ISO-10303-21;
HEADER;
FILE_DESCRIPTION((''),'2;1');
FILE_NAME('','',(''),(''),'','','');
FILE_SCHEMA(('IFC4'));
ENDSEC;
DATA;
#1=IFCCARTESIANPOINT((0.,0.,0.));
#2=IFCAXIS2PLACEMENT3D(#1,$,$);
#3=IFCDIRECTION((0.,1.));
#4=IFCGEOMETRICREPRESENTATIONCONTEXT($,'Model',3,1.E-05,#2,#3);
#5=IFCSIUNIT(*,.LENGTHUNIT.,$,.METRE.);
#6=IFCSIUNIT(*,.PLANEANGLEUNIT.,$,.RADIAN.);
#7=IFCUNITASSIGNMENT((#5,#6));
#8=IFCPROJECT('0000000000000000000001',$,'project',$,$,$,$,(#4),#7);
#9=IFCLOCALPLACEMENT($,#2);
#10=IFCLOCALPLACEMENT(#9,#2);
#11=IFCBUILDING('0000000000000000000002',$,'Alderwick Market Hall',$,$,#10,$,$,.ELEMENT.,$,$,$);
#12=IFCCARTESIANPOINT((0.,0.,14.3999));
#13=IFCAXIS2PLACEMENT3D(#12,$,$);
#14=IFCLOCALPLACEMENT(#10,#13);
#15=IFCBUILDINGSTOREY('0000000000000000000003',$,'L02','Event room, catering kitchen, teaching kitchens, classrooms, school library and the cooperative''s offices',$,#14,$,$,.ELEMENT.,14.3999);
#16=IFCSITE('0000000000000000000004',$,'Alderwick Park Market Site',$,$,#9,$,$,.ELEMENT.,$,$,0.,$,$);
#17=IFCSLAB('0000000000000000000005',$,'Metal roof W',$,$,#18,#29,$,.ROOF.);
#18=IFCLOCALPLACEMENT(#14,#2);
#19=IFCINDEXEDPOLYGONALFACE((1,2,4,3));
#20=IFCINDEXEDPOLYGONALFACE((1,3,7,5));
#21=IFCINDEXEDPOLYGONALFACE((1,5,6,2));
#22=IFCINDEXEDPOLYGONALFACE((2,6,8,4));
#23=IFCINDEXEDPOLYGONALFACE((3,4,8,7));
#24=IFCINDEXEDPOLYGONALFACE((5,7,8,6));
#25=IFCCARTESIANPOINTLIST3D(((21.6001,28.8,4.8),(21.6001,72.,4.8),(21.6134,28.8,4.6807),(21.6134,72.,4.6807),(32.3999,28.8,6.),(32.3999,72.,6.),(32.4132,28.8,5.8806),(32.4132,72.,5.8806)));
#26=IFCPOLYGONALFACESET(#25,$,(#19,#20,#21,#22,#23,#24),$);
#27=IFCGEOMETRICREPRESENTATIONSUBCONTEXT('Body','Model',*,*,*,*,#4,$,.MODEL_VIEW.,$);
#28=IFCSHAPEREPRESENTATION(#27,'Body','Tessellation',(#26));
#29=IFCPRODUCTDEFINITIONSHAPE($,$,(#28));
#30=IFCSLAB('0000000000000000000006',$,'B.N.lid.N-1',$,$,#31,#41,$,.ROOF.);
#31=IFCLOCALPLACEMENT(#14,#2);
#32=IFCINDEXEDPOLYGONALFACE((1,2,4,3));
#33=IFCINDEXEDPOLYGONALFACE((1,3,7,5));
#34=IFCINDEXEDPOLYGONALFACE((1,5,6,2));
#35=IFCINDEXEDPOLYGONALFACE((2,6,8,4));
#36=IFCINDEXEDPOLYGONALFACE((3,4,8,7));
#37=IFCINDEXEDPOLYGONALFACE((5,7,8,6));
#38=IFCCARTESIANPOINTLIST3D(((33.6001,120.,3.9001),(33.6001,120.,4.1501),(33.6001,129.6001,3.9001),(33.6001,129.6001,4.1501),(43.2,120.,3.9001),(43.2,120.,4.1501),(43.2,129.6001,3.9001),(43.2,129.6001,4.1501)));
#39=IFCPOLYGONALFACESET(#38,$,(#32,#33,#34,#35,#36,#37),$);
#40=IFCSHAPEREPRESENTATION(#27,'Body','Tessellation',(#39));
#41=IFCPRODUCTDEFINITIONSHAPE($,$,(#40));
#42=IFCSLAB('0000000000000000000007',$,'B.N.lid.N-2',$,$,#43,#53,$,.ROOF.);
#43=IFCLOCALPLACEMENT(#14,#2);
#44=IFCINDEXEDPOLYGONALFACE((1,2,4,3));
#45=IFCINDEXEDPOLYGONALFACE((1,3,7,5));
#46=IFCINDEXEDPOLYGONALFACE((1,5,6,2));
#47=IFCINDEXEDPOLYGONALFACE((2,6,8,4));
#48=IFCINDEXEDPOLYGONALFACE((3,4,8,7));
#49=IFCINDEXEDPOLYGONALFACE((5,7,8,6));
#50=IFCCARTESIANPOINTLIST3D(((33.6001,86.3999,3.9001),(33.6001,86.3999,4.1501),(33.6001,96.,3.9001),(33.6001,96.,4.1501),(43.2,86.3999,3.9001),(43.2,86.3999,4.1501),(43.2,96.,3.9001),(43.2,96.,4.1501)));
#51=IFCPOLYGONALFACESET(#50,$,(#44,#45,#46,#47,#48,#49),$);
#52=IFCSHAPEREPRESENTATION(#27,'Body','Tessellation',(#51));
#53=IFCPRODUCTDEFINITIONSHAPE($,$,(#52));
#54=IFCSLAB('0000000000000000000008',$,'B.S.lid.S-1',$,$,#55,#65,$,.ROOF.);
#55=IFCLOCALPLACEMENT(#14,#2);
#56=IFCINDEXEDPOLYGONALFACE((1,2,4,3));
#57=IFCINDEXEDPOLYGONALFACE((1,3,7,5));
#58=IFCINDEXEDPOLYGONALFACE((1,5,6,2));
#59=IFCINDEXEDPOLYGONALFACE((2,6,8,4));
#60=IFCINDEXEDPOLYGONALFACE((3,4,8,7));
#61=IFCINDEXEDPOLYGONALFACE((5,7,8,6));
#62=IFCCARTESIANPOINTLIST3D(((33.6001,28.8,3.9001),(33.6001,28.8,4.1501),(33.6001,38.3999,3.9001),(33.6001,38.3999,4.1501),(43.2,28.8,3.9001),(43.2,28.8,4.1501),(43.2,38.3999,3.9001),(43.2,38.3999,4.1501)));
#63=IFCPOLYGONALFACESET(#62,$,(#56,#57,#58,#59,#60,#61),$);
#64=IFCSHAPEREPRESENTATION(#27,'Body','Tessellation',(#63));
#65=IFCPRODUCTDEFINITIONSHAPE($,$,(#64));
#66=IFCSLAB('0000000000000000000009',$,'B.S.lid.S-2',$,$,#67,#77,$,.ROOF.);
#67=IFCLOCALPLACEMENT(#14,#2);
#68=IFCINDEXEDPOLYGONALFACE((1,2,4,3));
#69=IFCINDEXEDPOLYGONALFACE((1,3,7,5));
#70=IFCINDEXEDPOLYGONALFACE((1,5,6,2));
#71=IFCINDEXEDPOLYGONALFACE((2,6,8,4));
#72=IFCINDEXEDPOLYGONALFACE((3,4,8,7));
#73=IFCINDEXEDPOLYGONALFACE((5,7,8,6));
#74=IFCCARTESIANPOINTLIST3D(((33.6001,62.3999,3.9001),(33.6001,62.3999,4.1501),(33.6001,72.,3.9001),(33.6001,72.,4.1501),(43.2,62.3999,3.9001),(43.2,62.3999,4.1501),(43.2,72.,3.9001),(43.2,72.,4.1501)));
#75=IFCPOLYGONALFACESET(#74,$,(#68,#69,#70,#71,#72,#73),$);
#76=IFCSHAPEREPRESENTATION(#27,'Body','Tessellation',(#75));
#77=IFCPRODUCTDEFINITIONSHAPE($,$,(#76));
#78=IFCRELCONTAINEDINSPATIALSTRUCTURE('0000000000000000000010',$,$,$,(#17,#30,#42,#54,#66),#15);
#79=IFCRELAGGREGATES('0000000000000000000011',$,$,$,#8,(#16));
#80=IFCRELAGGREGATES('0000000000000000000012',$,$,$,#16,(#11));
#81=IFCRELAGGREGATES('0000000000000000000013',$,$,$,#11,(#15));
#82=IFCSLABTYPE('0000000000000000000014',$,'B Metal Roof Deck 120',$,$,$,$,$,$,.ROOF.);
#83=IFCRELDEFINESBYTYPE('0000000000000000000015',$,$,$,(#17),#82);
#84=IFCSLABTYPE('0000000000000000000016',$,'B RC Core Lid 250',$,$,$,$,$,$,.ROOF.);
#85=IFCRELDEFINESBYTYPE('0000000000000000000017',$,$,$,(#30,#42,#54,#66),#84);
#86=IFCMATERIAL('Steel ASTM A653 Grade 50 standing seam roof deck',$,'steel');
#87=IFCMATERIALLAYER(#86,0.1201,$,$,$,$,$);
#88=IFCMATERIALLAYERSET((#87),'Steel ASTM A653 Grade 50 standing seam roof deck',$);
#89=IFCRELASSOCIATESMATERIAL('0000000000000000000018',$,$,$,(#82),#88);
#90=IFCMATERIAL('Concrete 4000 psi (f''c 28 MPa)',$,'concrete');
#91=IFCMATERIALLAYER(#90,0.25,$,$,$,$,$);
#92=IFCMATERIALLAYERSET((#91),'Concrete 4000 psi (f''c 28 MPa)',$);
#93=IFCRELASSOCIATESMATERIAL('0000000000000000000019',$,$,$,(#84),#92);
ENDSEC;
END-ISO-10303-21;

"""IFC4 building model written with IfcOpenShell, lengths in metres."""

from ifc_helpers import new_model, si_unit, direction, frame, origin, place, context, subcontext, project, spatial, polyline, outline, extrude, material, layer, layer_set, type_object, element, save


model = new_model("IFC4")

# Units and contexts
model_context = context("Model", 3, precision=1e-05, world=origin(), true_north=direction((0.0, 1.0)))
body_context = subcontext(model_context, "Body", "Model", "MODEL_VIEW")
ifc_project = project(units=[si_unit("LENGTHUNIT", "METRE"), si_unit("PLANEANGLEUNIT", "RADIAN")], contexts=[model_context])

# Site, building, storey
site_placement = place(None, origin())
site = spatial("IfcSite", under=ifc_project, at=site_placement, Name="Alderwick Park Market Site", CompositionType="ELEMENT", RefElevation=0.0)
building_placement = place(site_placement, origin())
building = spatial("IfcBuilding", under=site, at=building_placement, Name="Alderwick Market Hall", CompositionType="ELEMENT")
storey_placement = place(building_placement, frame((0.0, 0.0, 14.3999)))
storey = spatial("IfcBuildingStorey", under=building, at=storey_placement, Name="L02", Description="Event room, catering kitchen, teaching kitchens, classrooms, school library and the cooperative's offices", CompositionType="ELEMENT", Elevation=14.3999)

# Slabs
ifc_material_1 = material(Name="Steel ASTM A653 Grade 50 standing seam roof deck", Category="steel")
ifc_layer_1 = layer(ifc_material_1, 0.1201)
ifc_layer_set_1 = layer_set([ifc_layer_1], Name="Steel ASTM A653 Grade 50 standing seam roof deck")
slab_type_1 = type_object("IfcSlabType", Name="B Metal Roof Deck 120", PredefinedType="ROOF", material=ifc_layer_set_1)
slab_1_placement = place(storey_placement, frame((21.6001, 28.8, 4.8), z_axis=(-0.110429, 0.0, 0.993884), x_axis=(0.993884, 0.0, 0.110429)))
element("IfcSlab", 1, at=slab_1_placement, inside=storey, type_object=slab_type_1, Name="Metal roof W", PredefinedType="ROOF", context=body_context, shape_type="SweptSolid", body=[
    extrude(outline(polyline([(0.0, 0.0), (10.8663, 0.0), (10.8663, 43.2), (0.0, 43.2), (0.0, 0.0)])), origin(), (0.0, 0.0, -1.0), 0.1201),
])
ifc_material_2 = material(Name="Concrete 4000 psi (f'c 28 MPa)", Category="concrete")
ifc_layer_2 = layer(ifc_material_2, 0.25)
ifc_layer_set_2 = layer_set([ifc_layer_2], Name="Concrete 4000 psi (f'c 28 MPa)")
slab_type_2 = type_object("IfcSlabType", Name="B RC Core Lid 250", PredefinedType="ROOF", material=ifc_layer_set_2)
slab_2_placement = place(storey_placement, frame((0.0, 0.0, 3.9001)))
element("IfcSlab", 2, at=slab_2_placement, inside=storey, type_object=slab_type_2, Name="B.N.lid.N-1", PredefinedType="ROOF", context=body_context, shape_type="SweptSolid", body=[
    extrude(outline(polyline([(33.6001, 120.0), (43.2, 120.0), (43.2, 129.6001), (33.6001, 129.6001), (33.6001, 120.0)])), origin(), (0.0, 0.0, 1.0), 0.25),
])
slab_3_placement = place(storey_placement, frame((0.0, 0.0, 3.9001)))
element("IfcSlab", 3, at=slab_3_placement, inside=storey, type_object=slab_type_2, Name="B.N.lid.N-2", PredefinedType="ROOF", context=body_context, shape_type="SweptSolid", body=[
    extrude(outline(polyline([(33.6001, 86.3999), (43.2, 86.3999), (43.2, 96.0), (33.6001, 96.0), (33.6001, 86.3999)])), origin(), (0.0, 0.0, 1.0), 0.25),
])
slab_4_placement = place(storey_placement, frame((0.0, 0.0, 3.9001)))
element("IfcSlab", 4, at=slab_4_placement, inside=storey, type_object=slab_type_2, Name="B.S.lid.S-1", PredefinedType="ROOF", context=body_context, shape_type="SweptSolid", body=[
    extrude(outline(polyline([(33.6001, 28.8), (43.2, 28.8), (43.2, 38.3999), (33.6001, 38.3999), (33.6001, 28.8)])), origin(), (0.0, 0.0, 1.0), 0.25),
])
slab_5_placement = place(storey_placement, frame((0.0, 0.0, 3.9001)))
element("IfcSlab", 5, at=slab_5_placement, inside=storey, type_object=slab_type_2, Name="B.S.lid.S-2", PredefinedType="ROOF", context=body_context, shape_type="SweptSolid", body=[
    extrude(outline(polyline([(33.6001, 62.3999), (43.2, 62.3999), (43.2, 72.0), (33.6001, 72.0), (33.6001, 62.3999)])), origin(), (0.0, 0.0, 1.0), 0.25),
])

save(model, "model.ifc")
